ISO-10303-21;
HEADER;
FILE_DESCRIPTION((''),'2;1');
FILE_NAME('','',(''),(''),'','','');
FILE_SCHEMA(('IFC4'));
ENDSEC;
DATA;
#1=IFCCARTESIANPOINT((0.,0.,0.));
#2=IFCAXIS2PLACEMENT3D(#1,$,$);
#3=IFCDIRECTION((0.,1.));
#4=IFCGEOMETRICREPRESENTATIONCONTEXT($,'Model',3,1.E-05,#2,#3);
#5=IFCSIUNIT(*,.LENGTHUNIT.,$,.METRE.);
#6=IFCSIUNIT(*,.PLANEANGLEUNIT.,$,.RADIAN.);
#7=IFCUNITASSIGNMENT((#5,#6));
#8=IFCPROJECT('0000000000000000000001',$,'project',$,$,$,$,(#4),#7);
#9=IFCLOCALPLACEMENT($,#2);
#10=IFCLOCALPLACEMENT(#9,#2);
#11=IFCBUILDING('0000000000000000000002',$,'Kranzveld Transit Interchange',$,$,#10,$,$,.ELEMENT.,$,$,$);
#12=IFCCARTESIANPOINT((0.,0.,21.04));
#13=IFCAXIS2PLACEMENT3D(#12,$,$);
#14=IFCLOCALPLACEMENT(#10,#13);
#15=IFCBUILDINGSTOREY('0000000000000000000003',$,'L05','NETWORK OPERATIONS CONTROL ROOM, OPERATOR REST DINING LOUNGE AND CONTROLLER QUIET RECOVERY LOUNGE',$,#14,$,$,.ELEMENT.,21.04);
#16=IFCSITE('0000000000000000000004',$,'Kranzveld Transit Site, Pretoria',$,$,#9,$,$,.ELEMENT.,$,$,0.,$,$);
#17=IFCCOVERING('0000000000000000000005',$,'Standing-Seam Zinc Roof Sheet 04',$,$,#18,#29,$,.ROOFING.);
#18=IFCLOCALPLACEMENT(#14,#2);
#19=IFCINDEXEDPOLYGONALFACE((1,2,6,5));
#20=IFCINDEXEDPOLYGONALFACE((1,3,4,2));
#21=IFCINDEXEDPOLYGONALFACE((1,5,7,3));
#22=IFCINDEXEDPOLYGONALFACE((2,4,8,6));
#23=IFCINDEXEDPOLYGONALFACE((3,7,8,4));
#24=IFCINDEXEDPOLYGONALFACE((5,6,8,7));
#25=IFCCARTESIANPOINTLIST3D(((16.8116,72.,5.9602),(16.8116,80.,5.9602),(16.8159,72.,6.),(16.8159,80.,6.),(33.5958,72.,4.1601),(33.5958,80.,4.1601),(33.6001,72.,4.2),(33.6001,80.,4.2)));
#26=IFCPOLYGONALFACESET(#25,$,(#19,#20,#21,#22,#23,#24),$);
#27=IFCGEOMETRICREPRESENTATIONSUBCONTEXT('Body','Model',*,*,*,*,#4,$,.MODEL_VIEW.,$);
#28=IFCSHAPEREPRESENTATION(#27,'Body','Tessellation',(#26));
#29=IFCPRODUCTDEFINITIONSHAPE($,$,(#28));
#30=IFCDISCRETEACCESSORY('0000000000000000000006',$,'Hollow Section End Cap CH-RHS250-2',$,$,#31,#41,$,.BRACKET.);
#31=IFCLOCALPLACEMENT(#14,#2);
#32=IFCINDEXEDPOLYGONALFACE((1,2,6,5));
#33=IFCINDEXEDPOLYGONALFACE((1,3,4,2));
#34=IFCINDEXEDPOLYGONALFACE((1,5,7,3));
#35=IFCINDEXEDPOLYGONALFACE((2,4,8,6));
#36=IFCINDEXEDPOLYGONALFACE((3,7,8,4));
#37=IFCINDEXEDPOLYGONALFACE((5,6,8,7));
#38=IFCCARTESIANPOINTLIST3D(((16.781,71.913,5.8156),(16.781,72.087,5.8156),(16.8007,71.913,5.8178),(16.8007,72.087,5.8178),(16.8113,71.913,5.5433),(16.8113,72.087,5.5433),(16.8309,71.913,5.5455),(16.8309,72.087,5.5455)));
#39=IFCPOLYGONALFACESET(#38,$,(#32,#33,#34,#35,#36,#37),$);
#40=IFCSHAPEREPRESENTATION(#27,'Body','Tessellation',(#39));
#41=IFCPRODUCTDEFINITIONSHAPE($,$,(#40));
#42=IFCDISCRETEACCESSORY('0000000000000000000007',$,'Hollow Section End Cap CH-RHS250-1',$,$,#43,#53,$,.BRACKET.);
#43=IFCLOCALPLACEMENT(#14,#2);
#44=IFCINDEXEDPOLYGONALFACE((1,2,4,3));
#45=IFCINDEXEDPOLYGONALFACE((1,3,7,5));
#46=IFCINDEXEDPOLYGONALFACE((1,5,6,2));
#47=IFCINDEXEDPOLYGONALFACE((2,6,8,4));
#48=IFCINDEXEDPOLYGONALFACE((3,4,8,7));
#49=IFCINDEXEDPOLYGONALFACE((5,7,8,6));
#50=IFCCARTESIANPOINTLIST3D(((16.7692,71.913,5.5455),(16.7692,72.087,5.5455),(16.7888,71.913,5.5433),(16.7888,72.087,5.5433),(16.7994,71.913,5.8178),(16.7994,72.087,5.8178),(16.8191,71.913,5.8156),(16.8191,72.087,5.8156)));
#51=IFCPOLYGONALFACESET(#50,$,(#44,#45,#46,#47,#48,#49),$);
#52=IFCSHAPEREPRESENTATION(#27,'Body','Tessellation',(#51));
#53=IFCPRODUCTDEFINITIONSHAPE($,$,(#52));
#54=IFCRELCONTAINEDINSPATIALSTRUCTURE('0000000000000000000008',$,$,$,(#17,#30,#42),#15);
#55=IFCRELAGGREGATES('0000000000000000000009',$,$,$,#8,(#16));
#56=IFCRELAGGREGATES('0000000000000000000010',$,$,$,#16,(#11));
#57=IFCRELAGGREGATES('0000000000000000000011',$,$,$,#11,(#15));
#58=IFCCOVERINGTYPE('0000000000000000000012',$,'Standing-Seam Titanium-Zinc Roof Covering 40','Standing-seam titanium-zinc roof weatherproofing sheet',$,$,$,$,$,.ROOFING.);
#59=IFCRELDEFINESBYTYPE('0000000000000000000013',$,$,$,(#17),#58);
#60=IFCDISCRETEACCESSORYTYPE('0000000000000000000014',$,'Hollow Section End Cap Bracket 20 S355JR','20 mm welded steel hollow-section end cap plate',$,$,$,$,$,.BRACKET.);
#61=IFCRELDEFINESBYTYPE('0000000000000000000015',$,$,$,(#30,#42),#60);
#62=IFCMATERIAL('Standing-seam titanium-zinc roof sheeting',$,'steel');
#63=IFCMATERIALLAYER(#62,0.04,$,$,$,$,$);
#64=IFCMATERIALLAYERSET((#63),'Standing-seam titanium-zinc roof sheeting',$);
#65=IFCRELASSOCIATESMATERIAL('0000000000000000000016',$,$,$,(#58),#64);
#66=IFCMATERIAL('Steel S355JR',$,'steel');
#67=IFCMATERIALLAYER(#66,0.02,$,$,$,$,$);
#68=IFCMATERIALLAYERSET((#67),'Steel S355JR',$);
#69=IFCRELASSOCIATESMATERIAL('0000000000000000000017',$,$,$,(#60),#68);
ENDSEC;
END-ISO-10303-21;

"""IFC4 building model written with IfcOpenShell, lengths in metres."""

from ifc_helpers import new_model, si_unit, direction, frame, origin, origin_2d, place, context, subcontext, project, spatial, polyline, rectangle, outline, extrude, material, layer, layer_set, type_object, element, save


model = new_model("IFC4")

# Units and contexts
model_context = context("Model", 3, precision=1e-05, world=origin(), true_north=direction((0.0, 1.0)))
body_context = subcontext(model_context, "Body", "Model", "MODEL_VIEW")
ifc_project = project(units=[si_unit("LENGTHUNIT", "METRE"), si_unit("PLANEANGLEUNIT", "RADIAN")], contexts=[model_context])

# Site, building, storey
site_placement = place(None, origin())
site = spatial("IfcSite", under=ifc_project, at=site_placement, Name="Kranzveld Transit Site, Pretoria", CompositionType="ELEMENT", RefElevation=0.0)
building_placement = place(site_placement, origin())
building = spatial("IfcBuilding", under=site, at=building_placement, Name="Kranzveld Transit Interchange", CompositionType="ELEMENT")
storey_placement = place(building_placement, frame((0.0, 0.0, 21.04)))
storey = spatial("IfcBuildingStorey", under=building, at=storey_placement, Name="L05", Description="NETWORK OPERATIONS CONTROL ROOM, OPERATOR REST DINING LOUNGE AND CONTROLLER QUIET RECOVERY LOUNGE", CompositionType="ELEMENT", Elevation=21.04)

# Covering
ifc_material_1 = material(Name="Standing-seam titanium-zinc roof sheeting", Category="steel")
ifc_layer_1 = layer(ifc_material_1, 0.04)
ifc_layer_set_1 = layer_set([ifc_layer_1], Name="Standing-seam titanium-zinc roof sheeting")
covering_type = type_object("IfcCoveringType", Name="Standing-Seam Titanium-Zinc Roof Covering 40", Description="Standing-seam titanium-zinc roof weatherproofing sheet", PredefinedType="ROOFING", material=ifc_layer_set_1)
covering_placement = place(storey_placement, frame((16.8159, 72.0, 6.0), z_axis=(0.106635, 0.0, 0.994298), x_axis=(0.994298, 0.0, -0.106635)))
element("IfcCovering", 1, at=covering_placement, inside=storey, type_object=covering_type, Name="Standing-Seam Zinc Roof Sheet 04", PredefinedType="ROOFING", context=body_context, shape_type="SweptSolid", body=[
    extrude(outline(polyline([(0.0, 0.0), (16.8804, 0.0), (16.8804, 8.0), (0.0, 8.0), (0.0, 0.0)])), origin(), (0.0, 0.0, -1.0), 0.04),
])

# Discrete accessories
ifc_material_2 = material(Name="Steel S355JR", Category="steel")
ifc_layer_2 = layer(ifc_material_2, 0.02)
ifc_layer_set_2 = layer_set([ifc_layer_2], Name="Steel S355JR")
discrete_accessory_type = type_object("IfcDiscreteAccessoryType", Name="Hollow Section End Cap Bracket 20 S355JR", Description="20 mm welded steel hollow-section end cap plate", PredefinedType="BRACKET", material=ifc_layer_set_2)
for number, where, z_axis, x_axis, name in (
    (2, (16.7961, 72.0, 5.6794), (0.993884, 0.0, 0.110432), (0.0, 1.0, 0.0), "Hollow Section End Cap CH-RHS250-2"),
    (3, (16.804, 72.0, 5.6794), (-0.993884, 0.0, 0.110432), (0.0, -1.0, 0.0), "Hollow Section End Cap CH-RHS250-1"),
):
    element("IfcDiscreteAccessory", number, at=place(storey_placement, frame(where, z_axis=z_axis, x_axis=x_axis)), inside=storey, type_object=discrete_accessory_type, Name=name, PredefinedType="BRACKET", context=body_context, shape_type="SweptSolid", body=[
        extrude(rectangle(XDim=0.1741, YDim=0.2739, at=origin_2d()), origin(), (0.0, 0.0, 1.0), 0.0198),
    ])

save(model, "model.ifc")
